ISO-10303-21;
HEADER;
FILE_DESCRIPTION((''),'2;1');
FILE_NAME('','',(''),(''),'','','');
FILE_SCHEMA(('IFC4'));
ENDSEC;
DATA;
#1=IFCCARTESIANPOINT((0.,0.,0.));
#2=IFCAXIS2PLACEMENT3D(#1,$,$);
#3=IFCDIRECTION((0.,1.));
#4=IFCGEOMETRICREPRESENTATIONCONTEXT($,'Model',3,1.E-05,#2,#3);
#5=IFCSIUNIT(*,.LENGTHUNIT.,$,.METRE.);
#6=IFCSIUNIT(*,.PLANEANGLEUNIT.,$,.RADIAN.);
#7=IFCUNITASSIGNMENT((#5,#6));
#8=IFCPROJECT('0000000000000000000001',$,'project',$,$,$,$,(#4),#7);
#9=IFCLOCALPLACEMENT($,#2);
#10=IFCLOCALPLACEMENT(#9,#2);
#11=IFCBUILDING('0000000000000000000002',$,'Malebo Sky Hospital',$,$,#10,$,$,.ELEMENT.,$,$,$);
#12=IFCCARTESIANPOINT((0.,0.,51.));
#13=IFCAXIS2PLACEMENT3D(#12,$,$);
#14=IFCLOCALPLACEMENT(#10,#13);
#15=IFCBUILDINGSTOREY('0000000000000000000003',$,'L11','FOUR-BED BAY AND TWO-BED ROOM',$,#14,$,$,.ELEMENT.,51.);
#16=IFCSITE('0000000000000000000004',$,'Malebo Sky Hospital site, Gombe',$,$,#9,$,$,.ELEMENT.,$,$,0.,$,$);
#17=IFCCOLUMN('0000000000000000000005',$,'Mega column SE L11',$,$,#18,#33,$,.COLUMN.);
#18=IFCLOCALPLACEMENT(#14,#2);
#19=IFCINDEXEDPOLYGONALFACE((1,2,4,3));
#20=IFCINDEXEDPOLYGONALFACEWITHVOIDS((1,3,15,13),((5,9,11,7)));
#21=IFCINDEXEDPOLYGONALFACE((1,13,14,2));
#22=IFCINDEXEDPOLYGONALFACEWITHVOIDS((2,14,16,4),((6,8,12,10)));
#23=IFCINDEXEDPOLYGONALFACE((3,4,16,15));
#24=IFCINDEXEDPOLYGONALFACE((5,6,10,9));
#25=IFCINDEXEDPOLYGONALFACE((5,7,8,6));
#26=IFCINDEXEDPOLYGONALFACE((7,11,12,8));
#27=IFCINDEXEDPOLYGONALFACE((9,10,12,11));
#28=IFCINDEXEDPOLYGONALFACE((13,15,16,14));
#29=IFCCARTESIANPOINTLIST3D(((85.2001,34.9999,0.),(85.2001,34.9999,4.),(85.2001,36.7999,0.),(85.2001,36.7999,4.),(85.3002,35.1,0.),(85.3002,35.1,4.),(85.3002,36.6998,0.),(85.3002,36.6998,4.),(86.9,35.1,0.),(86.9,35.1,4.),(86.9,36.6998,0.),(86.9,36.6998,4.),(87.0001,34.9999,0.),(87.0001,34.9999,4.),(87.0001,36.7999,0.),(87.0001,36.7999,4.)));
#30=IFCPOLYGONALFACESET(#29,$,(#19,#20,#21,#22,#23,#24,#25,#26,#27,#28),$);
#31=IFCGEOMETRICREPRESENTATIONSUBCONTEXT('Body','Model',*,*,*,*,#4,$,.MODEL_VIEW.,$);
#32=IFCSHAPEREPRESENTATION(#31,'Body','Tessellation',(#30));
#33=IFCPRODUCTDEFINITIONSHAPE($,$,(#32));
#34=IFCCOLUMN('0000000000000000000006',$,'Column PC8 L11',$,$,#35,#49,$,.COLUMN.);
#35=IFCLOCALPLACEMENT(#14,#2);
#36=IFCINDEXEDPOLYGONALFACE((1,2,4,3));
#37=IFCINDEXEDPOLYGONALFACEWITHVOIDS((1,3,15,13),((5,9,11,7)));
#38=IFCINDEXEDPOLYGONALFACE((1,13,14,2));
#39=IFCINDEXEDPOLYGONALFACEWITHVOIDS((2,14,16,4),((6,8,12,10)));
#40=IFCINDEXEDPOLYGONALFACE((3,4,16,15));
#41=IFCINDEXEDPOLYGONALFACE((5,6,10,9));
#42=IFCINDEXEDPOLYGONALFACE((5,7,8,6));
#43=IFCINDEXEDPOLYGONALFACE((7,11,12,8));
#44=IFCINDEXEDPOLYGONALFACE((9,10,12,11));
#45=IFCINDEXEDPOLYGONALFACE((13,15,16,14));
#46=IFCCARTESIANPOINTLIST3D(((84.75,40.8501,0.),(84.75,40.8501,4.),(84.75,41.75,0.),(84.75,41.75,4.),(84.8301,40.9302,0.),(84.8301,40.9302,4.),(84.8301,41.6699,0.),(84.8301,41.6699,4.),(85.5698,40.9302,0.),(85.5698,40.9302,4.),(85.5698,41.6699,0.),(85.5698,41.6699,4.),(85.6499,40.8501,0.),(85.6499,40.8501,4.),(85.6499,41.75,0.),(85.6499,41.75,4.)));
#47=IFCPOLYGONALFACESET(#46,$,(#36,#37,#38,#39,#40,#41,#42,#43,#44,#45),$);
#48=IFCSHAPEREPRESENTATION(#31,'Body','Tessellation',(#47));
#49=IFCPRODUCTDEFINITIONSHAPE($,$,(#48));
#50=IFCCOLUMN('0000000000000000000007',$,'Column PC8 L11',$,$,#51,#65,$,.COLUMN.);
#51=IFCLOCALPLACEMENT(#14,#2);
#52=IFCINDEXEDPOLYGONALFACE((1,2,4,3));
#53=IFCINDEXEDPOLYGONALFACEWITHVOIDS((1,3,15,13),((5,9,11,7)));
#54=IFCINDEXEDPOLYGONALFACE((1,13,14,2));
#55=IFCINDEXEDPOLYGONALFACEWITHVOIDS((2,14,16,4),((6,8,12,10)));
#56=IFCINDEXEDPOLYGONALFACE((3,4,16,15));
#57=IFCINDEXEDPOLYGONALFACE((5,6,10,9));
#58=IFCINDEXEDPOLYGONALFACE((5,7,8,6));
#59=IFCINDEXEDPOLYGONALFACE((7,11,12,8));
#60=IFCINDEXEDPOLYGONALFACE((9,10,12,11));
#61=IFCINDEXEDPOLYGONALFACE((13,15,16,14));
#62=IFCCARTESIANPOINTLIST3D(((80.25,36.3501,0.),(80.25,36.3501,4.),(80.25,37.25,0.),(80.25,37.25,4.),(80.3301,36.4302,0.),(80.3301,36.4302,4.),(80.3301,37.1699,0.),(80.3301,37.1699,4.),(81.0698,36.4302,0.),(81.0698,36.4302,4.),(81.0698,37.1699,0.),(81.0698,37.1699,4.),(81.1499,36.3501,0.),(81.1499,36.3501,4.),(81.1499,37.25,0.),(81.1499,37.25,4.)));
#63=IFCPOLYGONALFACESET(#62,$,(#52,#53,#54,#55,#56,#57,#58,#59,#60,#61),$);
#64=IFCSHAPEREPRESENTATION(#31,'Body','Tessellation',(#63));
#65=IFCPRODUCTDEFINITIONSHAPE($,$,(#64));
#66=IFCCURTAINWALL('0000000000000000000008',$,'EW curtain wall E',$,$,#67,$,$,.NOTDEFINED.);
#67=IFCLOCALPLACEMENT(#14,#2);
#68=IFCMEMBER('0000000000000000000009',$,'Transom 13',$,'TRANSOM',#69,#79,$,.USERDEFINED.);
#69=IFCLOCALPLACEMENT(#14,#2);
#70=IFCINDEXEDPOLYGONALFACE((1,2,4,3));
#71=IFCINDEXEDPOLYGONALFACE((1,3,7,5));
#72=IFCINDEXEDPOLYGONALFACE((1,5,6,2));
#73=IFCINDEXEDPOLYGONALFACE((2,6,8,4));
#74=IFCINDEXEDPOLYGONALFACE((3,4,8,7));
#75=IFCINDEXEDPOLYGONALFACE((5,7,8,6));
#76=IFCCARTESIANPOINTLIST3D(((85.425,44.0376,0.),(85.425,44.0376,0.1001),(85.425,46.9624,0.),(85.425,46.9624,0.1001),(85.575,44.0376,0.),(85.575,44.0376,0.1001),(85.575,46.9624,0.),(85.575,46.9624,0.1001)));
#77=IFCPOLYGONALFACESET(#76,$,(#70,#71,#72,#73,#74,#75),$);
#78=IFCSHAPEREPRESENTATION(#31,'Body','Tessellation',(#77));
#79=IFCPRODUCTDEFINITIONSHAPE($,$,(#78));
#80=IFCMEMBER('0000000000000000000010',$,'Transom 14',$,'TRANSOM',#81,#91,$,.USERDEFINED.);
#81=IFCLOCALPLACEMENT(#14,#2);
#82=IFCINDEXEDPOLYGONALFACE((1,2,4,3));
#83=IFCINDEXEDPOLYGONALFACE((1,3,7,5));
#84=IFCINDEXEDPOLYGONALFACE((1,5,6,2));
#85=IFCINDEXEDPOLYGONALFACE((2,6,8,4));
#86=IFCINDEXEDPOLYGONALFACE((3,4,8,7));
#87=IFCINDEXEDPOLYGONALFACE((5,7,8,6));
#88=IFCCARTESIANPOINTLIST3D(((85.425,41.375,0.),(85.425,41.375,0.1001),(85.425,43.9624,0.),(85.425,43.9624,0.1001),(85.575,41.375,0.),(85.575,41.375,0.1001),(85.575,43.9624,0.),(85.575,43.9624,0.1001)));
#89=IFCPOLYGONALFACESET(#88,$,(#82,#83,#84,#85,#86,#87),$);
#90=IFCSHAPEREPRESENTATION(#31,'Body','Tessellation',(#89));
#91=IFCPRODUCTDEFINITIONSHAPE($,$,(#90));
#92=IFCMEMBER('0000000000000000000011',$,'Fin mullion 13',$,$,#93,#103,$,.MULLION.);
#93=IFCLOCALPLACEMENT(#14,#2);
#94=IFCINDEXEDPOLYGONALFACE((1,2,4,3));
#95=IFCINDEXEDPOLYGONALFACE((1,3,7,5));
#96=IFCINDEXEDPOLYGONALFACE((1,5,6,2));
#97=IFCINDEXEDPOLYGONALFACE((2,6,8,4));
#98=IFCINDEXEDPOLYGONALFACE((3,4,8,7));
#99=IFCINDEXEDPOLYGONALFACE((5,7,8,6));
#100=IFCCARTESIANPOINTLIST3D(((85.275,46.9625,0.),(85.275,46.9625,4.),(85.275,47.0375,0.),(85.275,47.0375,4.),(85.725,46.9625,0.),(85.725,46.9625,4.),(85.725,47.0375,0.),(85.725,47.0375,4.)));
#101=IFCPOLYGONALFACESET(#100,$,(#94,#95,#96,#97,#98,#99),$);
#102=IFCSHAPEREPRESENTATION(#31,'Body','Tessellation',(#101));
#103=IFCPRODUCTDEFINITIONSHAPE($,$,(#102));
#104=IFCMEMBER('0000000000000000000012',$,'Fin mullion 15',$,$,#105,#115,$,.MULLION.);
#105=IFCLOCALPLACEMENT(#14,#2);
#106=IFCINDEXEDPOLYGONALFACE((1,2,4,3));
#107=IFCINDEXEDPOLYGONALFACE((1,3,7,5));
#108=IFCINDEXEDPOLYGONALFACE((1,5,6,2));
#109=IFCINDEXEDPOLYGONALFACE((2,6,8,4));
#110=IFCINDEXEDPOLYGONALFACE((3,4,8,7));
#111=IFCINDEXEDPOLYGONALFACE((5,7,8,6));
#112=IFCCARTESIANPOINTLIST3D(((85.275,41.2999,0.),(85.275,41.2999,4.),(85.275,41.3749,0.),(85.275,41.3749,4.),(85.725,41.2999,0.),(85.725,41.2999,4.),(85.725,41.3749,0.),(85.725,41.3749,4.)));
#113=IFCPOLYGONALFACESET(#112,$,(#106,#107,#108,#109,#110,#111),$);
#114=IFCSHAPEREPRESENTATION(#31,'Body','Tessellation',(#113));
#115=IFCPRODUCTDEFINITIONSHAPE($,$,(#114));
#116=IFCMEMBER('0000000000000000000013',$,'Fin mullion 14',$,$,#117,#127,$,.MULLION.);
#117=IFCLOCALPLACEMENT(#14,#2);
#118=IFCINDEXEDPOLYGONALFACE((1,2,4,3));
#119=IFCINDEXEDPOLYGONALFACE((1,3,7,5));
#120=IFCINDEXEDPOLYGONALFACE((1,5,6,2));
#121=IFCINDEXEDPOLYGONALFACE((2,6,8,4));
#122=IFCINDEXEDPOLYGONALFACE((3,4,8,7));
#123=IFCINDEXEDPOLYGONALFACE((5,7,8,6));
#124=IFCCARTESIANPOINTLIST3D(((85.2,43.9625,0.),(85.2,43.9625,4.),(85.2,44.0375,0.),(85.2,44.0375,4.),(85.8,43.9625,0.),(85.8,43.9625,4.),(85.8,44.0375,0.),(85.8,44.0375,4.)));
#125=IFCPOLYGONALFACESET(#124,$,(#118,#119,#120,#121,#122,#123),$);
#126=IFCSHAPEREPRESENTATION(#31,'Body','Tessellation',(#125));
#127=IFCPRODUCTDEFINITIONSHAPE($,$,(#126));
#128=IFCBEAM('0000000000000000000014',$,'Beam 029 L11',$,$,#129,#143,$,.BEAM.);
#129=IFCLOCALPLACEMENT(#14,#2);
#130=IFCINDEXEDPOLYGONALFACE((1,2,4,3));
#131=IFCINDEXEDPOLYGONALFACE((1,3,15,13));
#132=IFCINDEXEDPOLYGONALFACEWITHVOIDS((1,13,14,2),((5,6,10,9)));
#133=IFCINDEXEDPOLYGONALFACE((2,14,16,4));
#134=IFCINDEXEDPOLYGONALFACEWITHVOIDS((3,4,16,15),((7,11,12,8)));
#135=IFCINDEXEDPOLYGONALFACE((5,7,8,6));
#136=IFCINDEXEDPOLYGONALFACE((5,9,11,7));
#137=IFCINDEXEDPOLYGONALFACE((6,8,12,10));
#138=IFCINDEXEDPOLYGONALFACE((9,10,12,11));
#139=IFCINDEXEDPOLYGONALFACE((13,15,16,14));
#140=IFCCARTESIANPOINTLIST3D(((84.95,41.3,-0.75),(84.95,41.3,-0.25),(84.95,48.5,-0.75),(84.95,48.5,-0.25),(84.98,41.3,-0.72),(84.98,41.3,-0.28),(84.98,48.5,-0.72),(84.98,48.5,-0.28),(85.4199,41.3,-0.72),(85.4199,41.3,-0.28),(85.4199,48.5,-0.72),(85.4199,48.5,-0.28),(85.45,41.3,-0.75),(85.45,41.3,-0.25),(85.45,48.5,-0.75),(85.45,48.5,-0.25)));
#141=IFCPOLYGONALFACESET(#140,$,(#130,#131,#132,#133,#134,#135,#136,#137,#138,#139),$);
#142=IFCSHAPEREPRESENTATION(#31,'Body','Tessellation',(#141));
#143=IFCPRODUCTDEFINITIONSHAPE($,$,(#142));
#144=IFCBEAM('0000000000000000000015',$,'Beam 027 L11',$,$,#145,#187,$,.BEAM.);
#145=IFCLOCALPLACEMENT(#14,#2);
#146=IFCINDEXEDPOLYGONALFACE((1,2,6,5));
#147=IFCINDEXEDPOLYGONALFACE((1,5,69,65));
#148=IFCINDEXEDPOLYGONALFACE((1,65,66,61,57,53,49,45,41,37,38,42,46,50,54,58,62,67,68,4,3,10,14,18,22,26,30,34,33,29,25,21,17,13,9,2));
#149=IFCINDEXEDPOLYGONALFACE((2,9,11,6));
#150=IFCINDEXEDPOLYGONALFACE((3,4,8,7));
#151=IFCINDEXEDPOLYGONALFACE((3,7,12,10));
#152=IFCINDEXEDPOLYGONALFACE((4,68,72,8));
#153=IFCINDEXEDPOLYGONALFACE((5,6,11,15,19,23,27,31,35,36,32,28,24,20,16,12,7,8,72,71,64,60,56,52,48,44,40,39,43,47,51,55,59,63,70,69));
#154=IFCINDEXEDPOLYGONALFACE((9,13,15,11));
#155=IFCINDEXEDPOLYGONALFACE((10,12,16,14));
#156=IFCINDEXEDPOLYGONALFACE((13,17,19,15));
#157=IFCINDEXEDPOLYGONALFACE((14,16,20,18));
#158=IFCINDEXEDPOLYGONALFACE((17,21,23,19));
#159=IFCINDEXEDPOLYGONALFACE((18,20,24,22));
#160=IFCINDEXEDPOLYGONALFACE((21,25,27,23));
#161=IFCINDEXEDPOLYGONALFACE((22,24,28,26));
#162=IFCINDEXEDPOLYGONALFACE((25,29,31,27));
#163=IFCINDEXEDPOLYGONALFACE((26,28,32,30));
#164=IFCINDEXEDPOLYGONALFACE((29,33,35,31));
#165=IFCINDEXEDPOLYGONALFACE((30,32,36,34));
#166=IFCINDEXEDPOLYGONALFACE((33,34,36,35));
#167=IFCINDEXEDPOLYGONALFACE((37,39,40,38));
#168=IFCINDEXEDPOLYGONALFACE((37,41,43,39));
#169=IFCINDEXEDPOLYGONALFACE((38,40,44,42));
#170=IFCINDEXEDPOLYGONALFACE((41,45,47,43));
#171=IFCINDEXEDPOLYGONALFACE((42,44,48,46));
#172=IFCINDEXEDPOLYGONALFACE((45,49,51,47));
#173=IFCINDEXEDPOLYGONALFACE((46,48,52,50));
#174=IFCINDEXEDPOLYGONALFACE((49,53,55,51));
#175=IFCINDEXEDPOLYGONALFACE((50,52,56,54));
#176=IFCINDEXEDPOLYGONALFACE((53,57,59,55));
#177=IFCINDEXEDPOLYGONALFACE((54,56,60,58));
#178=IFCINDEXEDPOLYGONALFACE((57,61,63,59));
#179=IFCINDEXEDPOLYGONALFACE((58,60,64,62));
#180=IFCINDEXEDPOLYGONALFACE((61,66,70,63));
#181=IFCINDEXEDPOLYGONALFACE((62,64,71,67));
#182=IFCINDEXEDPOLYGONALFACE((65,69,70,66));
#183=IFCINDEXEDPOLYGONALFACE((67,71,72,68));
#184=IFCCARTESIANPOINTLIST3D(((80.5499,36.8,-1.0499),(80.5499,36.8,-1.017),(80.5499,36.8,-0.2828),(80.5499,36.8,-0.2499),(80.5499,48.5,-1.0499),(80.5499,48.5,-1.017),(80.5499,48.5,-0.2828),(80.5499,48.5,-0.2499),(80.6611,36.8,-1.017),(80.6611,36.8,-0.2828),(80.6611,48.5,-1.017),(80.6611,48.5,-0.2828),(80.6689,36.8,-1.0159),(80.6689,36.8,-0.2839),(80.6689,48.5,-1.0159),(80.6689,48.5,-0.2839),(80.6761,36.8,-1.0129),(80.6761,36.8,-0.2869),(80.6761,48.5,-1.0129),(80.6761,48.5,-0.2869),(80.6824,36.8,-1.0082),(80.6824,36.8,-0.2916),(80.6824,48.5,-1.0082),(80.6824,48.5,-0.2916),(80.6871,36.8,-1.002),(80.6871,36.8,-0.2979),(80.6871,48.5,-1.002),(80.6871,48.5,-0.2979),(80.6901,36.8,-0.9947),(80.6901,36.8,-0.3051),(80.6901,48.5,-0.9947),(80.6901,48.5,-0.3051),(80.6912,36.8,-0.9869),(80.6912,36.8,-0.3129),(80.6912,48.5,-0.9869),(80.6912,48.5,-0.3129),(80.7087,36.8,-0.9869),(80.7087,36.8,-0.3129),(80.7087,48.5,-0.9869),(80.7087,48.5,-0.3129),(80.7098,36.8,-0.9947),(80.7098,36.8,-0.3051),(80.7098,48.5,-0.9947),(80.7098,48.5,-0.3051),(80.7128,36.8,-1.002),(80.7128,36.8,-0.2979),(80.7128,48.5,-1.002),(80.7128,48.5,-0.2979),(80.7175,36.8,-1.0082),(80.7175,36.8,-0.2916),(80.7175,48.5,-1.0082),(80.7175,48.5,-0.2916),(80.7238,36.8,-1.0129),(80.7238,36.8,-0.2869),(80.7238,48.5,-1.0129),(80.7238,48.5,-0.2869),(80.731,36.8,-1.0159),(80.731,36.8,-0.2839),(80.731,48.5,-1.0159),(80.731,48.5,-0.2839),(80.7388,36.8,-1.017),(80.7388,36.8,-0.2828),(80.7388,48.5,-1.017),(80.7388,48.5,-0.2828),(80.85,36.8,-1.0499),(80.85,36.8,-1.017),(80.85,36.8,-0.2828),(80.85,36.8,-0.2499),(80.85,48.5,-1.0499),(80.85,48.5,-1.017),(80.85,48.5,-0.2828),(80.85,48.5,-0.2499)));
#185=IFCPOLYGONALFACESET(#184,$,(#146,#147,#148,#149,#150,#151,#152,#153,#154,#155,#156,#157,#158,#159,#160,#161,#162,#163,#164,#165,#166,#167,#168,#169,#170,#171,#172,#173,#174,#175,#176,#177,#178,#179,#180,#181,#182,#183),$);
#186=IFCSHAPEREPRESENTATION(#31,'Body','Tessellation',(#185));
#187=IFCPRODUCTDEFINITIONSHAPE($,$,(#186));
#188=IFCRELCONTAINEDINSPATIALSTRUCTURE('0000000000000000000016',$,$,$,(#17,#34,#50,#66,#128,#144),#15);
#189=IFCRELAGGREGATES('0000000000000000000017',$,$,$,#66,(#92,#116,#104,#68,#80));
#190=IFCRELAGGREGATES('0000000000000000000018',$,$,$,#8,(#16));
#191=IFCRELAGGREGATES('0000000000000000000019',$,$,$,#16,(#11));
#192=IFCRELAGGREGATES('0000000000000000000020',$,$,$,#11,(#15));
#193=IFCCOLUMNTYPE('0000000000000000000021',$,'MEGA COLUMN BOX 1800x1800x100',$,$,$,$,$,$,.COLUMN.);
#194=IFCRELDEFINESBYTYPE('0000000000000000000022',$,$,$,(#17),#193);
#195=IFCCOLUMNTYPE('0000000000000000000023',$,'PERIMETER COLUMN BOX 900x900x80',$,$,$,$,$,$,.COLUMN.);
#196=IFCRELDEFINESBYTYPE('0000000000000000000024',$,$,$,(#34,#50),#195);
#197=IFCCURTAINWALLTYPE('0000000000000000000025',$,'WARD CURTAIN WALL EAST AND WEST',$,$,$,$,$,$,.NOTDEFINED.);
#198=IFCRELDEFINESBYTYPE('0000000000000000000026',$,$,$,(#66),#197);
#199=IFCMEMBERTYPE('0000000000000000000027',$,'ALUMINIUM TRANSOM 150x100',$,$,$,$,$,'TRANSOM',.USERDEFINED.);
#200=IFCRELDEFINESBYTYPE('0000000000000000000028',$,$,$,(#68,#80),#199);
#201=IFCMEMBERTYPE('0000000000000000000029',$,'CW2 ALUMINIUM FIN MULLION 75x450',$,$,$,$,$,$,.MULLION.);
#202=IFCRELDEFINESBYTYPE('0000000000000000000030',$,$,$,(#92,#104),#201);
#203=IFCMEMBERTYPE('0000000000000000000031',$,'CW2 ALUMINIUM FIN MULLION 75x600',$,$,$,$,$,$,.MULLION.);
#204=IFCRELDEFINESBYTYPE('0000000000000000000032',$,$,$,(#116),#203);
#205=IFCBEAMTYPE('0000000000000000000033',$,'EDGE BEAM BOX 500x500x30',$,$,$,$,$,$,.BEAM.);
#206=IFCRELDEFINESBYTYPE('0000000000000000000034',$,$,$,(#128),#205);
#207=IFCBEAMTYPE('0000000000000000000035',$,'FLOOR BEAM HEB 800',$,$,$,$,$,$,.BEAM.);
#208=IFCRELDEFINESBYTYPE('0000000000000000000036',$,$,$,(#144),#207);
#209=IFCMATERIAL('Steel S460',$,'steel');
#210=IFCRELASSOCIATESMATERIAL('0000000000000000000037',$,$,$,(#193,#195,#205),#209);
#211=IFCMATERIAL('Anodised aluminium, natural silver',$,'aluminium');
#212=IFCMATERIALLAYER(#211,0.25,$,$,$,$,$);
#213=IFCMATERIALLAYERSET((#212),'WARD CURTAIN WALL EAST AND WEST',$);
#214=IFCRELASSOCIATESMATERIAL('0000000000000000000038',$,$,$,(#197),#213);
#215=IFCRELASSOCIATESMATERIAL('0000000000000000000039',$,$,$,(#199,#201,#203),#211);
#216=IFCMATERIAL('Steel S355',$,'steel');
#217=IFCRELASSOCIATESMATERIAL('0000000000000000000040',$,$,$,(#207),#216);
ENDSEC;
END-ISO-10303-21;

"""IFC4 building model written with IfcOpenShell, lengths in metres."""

from ifc_helpers import new_model, si_unit, direction, frame, origin, origin_2d, place, context, subcontext, project, spatial, rectangle, hollow_rectangle, i_section, extrude, material, layer, layer_set, material_profile, profile_set, type_object, element, aggregate, save


model = new_model("IFC4")

# Units and contexts
model_context = context("Model", 3, precision=1e-05, world=origin(), true_north=direction((0.0, 1.0)))
body_context = subcontext(model_context, "Body", "Model", "MODEL_VIEW")
ifc_project = project(units=[si_unit("LENGTHUNIT", "METRE"), si_unit("PLANEANGLEUNIT", "RADIAN")], contexts=[model_context])

# Site, building, storey
site_placement = place(None, origin())
site = spatial("IfcSite", under=ifc_project, at=site_placement, Name="Malebo Sky Hospital site, Gombe", CompositionType="ELEMENT", RefElevation=0.0)
building_placement = place(site_placement, origin())
building = spatial("IfcBuilding", under=site, at=building_placement, Name="Malebo Sky Hospital", CompositionType="ELEMENT")
storey_placement = place(building_placement, frame((0.0, 0.0, 51.0)))
storey = spatial("IfcBuildingStorey", under=building, at=storey_placement, Name="L11", Description="FOUR-BED BAY AND TWO-BED ROOM", CompositionType="ELEMENT", Elevation=51.0)

# Columns
ifc_material_1 = material(Name="Steel S460", Category="steel")
ifc_material_profile_1 = material_profile(ifc_material_1, hollow_rectangle(XDim=1.8, YDim=1.8, WallThickness=0.1001, at=origin_2d()), Name="BOX 1800x1800x100")
ifc_profile_set_1 = profile_set([ifc_material_profile_1], Name="Steel S460")
column_type_1 = type_object("IfcColumnType", Name="MEGA COLUMN BOX 1800x1800x100", PredefinedType="COLUMN", material=ifc_profile_set_1)
column_placement = place(storey_placement, frame((86.1001, 35.8999, 0.0), z_axis=(0.0, 0.0, 1.0), x_axis=(1.0, 0.0, 0.0)))
element("IfcColumn", 1, at=column_placement, inside=storey, type_object=column_type_1, Name="Mega column SE L11", PredefinedType="COLUMN", context=body_context, shape_type="SweptSolid", body=[
    extrude(hollow_rectangle(XDim=1.8, YDim=1.8, WallThickness=0.1001, at=origin_2d()), origin(), (0.0, 0.0, 1.0), 4.0),
])
ifc_material_profile_2 = material_profile(ifc_material_1, hollow_rectangle(XDim=0.8999, YDim=0.8999, WallThickness=0.0801, at=origin_2d()), Name="BOX 900x900x80")
ifc_profile_set_2 = profile_set([ifc_material_profile_2], Name="Steel S460")
column_type_2 = type_object("IfcColumnType", Name="PERIMETER COLUMN BOX 900x900x80", PredefinedType="COLUMN", material=ifc_profile_set_2)
for number, where, z_axis, x_axis, name in (
    (2, (85.2, 41.3, 0.0), (0.0, 0.0, 1.0), (1.0, 0.0, 0.0), "Column PC8 L11"),
    (3, (80.7, 36.8, 0.0), (0.0, 0.0, 1.0), (1.0, 0.0, 0.0), "Column PC8 L11"),
):
    element("IfcColumn", number, at=place(storey_placement, frame(where, z_axis=z_axis, x_axis=x_axis)), inside=storey, type_object=column_type_2, Name=name, PredefinedType="COLUMN", context=body_context, shape_type="SweptSolid", body=[
        extrude(hollow_rectangle(XDim=0.8999, YDim=0.8999, WallThickness=0.0801, at=origin_2d()), origin(), (0.0, 0.0, 1.0), 4.0),
    ])

# Curtain wall, members
ifc_material_2 = material(Name="Anodised aluminium, natural silver", Category="aluminium")
ifc_layer_1 = layer(ifc_material_2, 0.25)
ifc_layer_set_1 = layer_set([ifc_layer_1], Name="WARD CURTAIN WALL EAST AND WEST")
curtain_wall_type = type_object("IfcCurtainWallType", Name="WARD CURTAIN WALL EAST AND WEST", PredefinedType="NOTDEFINED", material=ifc_layer_set_1)
curtain_wall_placement = place(storey_placement, origin())
curtain_wall = element("IfcCurtainWall", 4, at=curtain_wall_placement, inside=storey, type_object=curtain_wall_type, Name="EW curtain wall E", PredefinedType="NOTDEFINED")
ifc_material_profile_3 = material_profile(ifc_material_2, rectangle(XDim=0.1499, YDim=0.1001, at=origin_2d()), Name="ALUMINIUM TRANSOM 150x100")
ifc_profile_set_3 = profile_set([ifc_material_profile_3], Name="Anodised aluminium, natural silver")
member_type_1 = type_object("IfcMemberType", Name="ALUMINIUM TRANSOM 150x100", ElementType="TRANSOM", PredefinedType="USERDEFINED", material=ifc_profile_set_3)
member_1_placement = place(storey_placement, frame((85.5, 46.9624, 0.05), z_axis=(0.0, -1.0, 0.0), x_axis=(1.0, 0.0, 0.0)))
member_1 = element("IfcMember", 5, at=member_1_placement, type_object=member_type_1, Name="Transom 13", ObjectType="TRANSOM", PredefinedType="USERDEFINED", context=body_context, shape_type="SweptSolid", body=[
    extrude(rectangle(XDim=0.1499, YDim=0.1001, at=origin_2d()), origin(), (0.0, 0.0, 1.0), 2.9248),
])
member_2_placement = place(storey_placement, frame((85.5, 43.9624, 0.05), z_axis=(0.0, -1.0, 0.0), x_axis=(1.0, 0.0, 0.0)))
member_2 = element("IfcMember", 6, at=member_2_placement, type_object=member_type_1, Name="Transom 14", ObjectType="TRANSOM", PredefinedType="USERDEFINED", context=body_context, shape_type="SweptSolid", body=[
    extrude(rectangle(XDim=0.1499, YDim=0.1001, at=origin_2d()), origin(), (0.0, 0.0, 1.0), 2.5874),
])
ifc_material_profile_4 = material_profile(ifc_material_2, rectangle(XDim=0.075, YDim=0.45, at=origin_2d()), Name="CW2 ALUMINIUM FIN MULLION 75x450")
ifc_profile_set_4 = profile_set([ifc_material_profile_4], Name="Anodised aluminium, natural silver")
member_type_2 = type_object("IfcMemberType", Name="CW2 ALUMINIUM FIN MULLION 75x450", PredefinedType="MULLION", material=ifc_profile_set_4)
member_3_placement = place(storey_placement, frame((85.5, 47.0, 0.0), z_axis=(0.0, 0.0, 1.0), x_axis=(0.0, -1.0, 0.0)))
member_3 = element("IfcMember", 7, at=member_3_placement, type_object=member_type_2, Name="Fin mullion 13", PredefinedType="MULLION", context=body_context, shape_type="SweptSolid", body=[
    extrude(rectangle(XDim=0.075, YDim=0.45, at=origin_2d()), origin(), (0.0, 0.0, 1.0), 4.0),
])
member_4_placement = place(storey_placement, frame((85.5, 41.3374, 0.0), z_axis=(0.0, 0.0, 1.0), x_axis=(0.0, -1.0, 0.0)))
member_4 = element("IfcMember", 8, at=member_4_placement, type_object=member_type_2, Name="Fin mullion 15", PredefinedType="MULLION", context=body_context, shape_type="SweptSolid", body=[
    extrude(rectangle(XDim=0.075, YDim=0.45, at=origin_2d()), origin(), (0.0, 0.0, 1.0), 4.0),
])
ifc_material_profile_5 = material_profile(ifc_material_2, rectangle(XDim=0.075, YDim=0.6001, at=origin_2d()), Name="CW2 ALUMINIUM FIN MULLION 75x600")
ifc_profile_set_5 = profile_set([ifc_material_profile_5], Name="Anodised aluminium, natural silver")
member_type_3 = type_object("IfcMemberType", Name="CW2 ALUMINIUM FIN MULLION 75x600", PredefinedType="MULLION", material=ifc_profile_set_5)
member_5_placement = place(storey_placement, frame((85.5, 44.0, 0.0), z_axis=(0.0, 0.0, 1.0), x_axis=(0.0, -1.0, 0.0)))
member_5 = element("IfcMember", 9, at=member_5_placement, type_object=member_type_3, Name="Fin mullion 14", PredefinedType="MULLION", context=body_context, shape_type="SweptSolid", body=[
    extrude(rectangle(XDim=0.075, YDim=0.6001, at=origin_2d()), origin(), (0.0, 0.0, 1.0), 4.0),
])

# Beams
ifc_material_profile_6 = material_profile(ifc_material_1, hollow_rectangle(XDim=0.5, YDim=0.5, WallThickness=0.03, at=origin_2d()), Name="BOX 500x500x30")
ifc_profile_set_6 = profile_set([ifc_material_profile_6], Name="Steel S460")
beam_type_1 = type_object("IfcBeamType", Name="EDGE BEAM BOX 500x500x30", PredefinedType="BEAM", material=ifc_profile_set_6)
beam_1_placement = place(storey_placement, frame((85.2, 41.3, -0.5), z_axis=(0.0, 1.0, 0.0), x_axis=(-1.0, 0.0, 0.0)))
element("IfcBeam", 10, at=beam_1_placement, inside=storey, type_object=beam_type_1, Name="Beam 029 L11", PredefinedType="BEAM", context=body_context, shape_type="SweptSolid", body=[
    extrude(hollow_rectangle(XDim=0.5, YDim=0.5, WallThickness=0.03, at=origin_2d()), origin(), (0.0, 0.0, 1.0), 7.2),
])
ifc_material_3 = material(Name="Steel S355", Category="steel")
ifc_material_profile_7 = material_profile(ifc_material_3, i_section(OverallWidth=0.3, OverallDepth=0.8, WebThickness=0.0176, FlangeThickness=0.033, FilletRadius=0.03, at=origin_2d()), Name="HEB 800")
ifc_profile_set_7 = profile_set([ifc_material_profile_7], Name="Steel S355")
beam_type_2 = type_object("IfcBeamType", Name="FLOOR BEAM HEB 800", PredefinedType="BEAM", material=ifc_profile_set_7)
beam_2_placement = place(storey_placement, frame((80.7, 36.8, -0.6499), z_axis=(0.0, 1.0, 0.0), x_axis=(-1.0, 0.0, 0.0)))
element("IfcBeam", 11, at=beam_2_placement, inside=storey, type_object=beam_type_2, Name="Beam 027 L11", PredefinedType="BEAM", context=body_context, shape_type="SweptSolid", body=[
    extrude(i_section(OverallWidth=0.3, OverallDepth=0.8, WebThickness=0.0176, FlangeThickness=0.033, FilletRadius=0.03, at=origin_2d()), origin(), (0.0, 0.0, 1.0), 11.7),
])

aggregate(curtain_wall, [member_3, member_5, member_4, member_1, member_2])

save(model, "model.ifc")
